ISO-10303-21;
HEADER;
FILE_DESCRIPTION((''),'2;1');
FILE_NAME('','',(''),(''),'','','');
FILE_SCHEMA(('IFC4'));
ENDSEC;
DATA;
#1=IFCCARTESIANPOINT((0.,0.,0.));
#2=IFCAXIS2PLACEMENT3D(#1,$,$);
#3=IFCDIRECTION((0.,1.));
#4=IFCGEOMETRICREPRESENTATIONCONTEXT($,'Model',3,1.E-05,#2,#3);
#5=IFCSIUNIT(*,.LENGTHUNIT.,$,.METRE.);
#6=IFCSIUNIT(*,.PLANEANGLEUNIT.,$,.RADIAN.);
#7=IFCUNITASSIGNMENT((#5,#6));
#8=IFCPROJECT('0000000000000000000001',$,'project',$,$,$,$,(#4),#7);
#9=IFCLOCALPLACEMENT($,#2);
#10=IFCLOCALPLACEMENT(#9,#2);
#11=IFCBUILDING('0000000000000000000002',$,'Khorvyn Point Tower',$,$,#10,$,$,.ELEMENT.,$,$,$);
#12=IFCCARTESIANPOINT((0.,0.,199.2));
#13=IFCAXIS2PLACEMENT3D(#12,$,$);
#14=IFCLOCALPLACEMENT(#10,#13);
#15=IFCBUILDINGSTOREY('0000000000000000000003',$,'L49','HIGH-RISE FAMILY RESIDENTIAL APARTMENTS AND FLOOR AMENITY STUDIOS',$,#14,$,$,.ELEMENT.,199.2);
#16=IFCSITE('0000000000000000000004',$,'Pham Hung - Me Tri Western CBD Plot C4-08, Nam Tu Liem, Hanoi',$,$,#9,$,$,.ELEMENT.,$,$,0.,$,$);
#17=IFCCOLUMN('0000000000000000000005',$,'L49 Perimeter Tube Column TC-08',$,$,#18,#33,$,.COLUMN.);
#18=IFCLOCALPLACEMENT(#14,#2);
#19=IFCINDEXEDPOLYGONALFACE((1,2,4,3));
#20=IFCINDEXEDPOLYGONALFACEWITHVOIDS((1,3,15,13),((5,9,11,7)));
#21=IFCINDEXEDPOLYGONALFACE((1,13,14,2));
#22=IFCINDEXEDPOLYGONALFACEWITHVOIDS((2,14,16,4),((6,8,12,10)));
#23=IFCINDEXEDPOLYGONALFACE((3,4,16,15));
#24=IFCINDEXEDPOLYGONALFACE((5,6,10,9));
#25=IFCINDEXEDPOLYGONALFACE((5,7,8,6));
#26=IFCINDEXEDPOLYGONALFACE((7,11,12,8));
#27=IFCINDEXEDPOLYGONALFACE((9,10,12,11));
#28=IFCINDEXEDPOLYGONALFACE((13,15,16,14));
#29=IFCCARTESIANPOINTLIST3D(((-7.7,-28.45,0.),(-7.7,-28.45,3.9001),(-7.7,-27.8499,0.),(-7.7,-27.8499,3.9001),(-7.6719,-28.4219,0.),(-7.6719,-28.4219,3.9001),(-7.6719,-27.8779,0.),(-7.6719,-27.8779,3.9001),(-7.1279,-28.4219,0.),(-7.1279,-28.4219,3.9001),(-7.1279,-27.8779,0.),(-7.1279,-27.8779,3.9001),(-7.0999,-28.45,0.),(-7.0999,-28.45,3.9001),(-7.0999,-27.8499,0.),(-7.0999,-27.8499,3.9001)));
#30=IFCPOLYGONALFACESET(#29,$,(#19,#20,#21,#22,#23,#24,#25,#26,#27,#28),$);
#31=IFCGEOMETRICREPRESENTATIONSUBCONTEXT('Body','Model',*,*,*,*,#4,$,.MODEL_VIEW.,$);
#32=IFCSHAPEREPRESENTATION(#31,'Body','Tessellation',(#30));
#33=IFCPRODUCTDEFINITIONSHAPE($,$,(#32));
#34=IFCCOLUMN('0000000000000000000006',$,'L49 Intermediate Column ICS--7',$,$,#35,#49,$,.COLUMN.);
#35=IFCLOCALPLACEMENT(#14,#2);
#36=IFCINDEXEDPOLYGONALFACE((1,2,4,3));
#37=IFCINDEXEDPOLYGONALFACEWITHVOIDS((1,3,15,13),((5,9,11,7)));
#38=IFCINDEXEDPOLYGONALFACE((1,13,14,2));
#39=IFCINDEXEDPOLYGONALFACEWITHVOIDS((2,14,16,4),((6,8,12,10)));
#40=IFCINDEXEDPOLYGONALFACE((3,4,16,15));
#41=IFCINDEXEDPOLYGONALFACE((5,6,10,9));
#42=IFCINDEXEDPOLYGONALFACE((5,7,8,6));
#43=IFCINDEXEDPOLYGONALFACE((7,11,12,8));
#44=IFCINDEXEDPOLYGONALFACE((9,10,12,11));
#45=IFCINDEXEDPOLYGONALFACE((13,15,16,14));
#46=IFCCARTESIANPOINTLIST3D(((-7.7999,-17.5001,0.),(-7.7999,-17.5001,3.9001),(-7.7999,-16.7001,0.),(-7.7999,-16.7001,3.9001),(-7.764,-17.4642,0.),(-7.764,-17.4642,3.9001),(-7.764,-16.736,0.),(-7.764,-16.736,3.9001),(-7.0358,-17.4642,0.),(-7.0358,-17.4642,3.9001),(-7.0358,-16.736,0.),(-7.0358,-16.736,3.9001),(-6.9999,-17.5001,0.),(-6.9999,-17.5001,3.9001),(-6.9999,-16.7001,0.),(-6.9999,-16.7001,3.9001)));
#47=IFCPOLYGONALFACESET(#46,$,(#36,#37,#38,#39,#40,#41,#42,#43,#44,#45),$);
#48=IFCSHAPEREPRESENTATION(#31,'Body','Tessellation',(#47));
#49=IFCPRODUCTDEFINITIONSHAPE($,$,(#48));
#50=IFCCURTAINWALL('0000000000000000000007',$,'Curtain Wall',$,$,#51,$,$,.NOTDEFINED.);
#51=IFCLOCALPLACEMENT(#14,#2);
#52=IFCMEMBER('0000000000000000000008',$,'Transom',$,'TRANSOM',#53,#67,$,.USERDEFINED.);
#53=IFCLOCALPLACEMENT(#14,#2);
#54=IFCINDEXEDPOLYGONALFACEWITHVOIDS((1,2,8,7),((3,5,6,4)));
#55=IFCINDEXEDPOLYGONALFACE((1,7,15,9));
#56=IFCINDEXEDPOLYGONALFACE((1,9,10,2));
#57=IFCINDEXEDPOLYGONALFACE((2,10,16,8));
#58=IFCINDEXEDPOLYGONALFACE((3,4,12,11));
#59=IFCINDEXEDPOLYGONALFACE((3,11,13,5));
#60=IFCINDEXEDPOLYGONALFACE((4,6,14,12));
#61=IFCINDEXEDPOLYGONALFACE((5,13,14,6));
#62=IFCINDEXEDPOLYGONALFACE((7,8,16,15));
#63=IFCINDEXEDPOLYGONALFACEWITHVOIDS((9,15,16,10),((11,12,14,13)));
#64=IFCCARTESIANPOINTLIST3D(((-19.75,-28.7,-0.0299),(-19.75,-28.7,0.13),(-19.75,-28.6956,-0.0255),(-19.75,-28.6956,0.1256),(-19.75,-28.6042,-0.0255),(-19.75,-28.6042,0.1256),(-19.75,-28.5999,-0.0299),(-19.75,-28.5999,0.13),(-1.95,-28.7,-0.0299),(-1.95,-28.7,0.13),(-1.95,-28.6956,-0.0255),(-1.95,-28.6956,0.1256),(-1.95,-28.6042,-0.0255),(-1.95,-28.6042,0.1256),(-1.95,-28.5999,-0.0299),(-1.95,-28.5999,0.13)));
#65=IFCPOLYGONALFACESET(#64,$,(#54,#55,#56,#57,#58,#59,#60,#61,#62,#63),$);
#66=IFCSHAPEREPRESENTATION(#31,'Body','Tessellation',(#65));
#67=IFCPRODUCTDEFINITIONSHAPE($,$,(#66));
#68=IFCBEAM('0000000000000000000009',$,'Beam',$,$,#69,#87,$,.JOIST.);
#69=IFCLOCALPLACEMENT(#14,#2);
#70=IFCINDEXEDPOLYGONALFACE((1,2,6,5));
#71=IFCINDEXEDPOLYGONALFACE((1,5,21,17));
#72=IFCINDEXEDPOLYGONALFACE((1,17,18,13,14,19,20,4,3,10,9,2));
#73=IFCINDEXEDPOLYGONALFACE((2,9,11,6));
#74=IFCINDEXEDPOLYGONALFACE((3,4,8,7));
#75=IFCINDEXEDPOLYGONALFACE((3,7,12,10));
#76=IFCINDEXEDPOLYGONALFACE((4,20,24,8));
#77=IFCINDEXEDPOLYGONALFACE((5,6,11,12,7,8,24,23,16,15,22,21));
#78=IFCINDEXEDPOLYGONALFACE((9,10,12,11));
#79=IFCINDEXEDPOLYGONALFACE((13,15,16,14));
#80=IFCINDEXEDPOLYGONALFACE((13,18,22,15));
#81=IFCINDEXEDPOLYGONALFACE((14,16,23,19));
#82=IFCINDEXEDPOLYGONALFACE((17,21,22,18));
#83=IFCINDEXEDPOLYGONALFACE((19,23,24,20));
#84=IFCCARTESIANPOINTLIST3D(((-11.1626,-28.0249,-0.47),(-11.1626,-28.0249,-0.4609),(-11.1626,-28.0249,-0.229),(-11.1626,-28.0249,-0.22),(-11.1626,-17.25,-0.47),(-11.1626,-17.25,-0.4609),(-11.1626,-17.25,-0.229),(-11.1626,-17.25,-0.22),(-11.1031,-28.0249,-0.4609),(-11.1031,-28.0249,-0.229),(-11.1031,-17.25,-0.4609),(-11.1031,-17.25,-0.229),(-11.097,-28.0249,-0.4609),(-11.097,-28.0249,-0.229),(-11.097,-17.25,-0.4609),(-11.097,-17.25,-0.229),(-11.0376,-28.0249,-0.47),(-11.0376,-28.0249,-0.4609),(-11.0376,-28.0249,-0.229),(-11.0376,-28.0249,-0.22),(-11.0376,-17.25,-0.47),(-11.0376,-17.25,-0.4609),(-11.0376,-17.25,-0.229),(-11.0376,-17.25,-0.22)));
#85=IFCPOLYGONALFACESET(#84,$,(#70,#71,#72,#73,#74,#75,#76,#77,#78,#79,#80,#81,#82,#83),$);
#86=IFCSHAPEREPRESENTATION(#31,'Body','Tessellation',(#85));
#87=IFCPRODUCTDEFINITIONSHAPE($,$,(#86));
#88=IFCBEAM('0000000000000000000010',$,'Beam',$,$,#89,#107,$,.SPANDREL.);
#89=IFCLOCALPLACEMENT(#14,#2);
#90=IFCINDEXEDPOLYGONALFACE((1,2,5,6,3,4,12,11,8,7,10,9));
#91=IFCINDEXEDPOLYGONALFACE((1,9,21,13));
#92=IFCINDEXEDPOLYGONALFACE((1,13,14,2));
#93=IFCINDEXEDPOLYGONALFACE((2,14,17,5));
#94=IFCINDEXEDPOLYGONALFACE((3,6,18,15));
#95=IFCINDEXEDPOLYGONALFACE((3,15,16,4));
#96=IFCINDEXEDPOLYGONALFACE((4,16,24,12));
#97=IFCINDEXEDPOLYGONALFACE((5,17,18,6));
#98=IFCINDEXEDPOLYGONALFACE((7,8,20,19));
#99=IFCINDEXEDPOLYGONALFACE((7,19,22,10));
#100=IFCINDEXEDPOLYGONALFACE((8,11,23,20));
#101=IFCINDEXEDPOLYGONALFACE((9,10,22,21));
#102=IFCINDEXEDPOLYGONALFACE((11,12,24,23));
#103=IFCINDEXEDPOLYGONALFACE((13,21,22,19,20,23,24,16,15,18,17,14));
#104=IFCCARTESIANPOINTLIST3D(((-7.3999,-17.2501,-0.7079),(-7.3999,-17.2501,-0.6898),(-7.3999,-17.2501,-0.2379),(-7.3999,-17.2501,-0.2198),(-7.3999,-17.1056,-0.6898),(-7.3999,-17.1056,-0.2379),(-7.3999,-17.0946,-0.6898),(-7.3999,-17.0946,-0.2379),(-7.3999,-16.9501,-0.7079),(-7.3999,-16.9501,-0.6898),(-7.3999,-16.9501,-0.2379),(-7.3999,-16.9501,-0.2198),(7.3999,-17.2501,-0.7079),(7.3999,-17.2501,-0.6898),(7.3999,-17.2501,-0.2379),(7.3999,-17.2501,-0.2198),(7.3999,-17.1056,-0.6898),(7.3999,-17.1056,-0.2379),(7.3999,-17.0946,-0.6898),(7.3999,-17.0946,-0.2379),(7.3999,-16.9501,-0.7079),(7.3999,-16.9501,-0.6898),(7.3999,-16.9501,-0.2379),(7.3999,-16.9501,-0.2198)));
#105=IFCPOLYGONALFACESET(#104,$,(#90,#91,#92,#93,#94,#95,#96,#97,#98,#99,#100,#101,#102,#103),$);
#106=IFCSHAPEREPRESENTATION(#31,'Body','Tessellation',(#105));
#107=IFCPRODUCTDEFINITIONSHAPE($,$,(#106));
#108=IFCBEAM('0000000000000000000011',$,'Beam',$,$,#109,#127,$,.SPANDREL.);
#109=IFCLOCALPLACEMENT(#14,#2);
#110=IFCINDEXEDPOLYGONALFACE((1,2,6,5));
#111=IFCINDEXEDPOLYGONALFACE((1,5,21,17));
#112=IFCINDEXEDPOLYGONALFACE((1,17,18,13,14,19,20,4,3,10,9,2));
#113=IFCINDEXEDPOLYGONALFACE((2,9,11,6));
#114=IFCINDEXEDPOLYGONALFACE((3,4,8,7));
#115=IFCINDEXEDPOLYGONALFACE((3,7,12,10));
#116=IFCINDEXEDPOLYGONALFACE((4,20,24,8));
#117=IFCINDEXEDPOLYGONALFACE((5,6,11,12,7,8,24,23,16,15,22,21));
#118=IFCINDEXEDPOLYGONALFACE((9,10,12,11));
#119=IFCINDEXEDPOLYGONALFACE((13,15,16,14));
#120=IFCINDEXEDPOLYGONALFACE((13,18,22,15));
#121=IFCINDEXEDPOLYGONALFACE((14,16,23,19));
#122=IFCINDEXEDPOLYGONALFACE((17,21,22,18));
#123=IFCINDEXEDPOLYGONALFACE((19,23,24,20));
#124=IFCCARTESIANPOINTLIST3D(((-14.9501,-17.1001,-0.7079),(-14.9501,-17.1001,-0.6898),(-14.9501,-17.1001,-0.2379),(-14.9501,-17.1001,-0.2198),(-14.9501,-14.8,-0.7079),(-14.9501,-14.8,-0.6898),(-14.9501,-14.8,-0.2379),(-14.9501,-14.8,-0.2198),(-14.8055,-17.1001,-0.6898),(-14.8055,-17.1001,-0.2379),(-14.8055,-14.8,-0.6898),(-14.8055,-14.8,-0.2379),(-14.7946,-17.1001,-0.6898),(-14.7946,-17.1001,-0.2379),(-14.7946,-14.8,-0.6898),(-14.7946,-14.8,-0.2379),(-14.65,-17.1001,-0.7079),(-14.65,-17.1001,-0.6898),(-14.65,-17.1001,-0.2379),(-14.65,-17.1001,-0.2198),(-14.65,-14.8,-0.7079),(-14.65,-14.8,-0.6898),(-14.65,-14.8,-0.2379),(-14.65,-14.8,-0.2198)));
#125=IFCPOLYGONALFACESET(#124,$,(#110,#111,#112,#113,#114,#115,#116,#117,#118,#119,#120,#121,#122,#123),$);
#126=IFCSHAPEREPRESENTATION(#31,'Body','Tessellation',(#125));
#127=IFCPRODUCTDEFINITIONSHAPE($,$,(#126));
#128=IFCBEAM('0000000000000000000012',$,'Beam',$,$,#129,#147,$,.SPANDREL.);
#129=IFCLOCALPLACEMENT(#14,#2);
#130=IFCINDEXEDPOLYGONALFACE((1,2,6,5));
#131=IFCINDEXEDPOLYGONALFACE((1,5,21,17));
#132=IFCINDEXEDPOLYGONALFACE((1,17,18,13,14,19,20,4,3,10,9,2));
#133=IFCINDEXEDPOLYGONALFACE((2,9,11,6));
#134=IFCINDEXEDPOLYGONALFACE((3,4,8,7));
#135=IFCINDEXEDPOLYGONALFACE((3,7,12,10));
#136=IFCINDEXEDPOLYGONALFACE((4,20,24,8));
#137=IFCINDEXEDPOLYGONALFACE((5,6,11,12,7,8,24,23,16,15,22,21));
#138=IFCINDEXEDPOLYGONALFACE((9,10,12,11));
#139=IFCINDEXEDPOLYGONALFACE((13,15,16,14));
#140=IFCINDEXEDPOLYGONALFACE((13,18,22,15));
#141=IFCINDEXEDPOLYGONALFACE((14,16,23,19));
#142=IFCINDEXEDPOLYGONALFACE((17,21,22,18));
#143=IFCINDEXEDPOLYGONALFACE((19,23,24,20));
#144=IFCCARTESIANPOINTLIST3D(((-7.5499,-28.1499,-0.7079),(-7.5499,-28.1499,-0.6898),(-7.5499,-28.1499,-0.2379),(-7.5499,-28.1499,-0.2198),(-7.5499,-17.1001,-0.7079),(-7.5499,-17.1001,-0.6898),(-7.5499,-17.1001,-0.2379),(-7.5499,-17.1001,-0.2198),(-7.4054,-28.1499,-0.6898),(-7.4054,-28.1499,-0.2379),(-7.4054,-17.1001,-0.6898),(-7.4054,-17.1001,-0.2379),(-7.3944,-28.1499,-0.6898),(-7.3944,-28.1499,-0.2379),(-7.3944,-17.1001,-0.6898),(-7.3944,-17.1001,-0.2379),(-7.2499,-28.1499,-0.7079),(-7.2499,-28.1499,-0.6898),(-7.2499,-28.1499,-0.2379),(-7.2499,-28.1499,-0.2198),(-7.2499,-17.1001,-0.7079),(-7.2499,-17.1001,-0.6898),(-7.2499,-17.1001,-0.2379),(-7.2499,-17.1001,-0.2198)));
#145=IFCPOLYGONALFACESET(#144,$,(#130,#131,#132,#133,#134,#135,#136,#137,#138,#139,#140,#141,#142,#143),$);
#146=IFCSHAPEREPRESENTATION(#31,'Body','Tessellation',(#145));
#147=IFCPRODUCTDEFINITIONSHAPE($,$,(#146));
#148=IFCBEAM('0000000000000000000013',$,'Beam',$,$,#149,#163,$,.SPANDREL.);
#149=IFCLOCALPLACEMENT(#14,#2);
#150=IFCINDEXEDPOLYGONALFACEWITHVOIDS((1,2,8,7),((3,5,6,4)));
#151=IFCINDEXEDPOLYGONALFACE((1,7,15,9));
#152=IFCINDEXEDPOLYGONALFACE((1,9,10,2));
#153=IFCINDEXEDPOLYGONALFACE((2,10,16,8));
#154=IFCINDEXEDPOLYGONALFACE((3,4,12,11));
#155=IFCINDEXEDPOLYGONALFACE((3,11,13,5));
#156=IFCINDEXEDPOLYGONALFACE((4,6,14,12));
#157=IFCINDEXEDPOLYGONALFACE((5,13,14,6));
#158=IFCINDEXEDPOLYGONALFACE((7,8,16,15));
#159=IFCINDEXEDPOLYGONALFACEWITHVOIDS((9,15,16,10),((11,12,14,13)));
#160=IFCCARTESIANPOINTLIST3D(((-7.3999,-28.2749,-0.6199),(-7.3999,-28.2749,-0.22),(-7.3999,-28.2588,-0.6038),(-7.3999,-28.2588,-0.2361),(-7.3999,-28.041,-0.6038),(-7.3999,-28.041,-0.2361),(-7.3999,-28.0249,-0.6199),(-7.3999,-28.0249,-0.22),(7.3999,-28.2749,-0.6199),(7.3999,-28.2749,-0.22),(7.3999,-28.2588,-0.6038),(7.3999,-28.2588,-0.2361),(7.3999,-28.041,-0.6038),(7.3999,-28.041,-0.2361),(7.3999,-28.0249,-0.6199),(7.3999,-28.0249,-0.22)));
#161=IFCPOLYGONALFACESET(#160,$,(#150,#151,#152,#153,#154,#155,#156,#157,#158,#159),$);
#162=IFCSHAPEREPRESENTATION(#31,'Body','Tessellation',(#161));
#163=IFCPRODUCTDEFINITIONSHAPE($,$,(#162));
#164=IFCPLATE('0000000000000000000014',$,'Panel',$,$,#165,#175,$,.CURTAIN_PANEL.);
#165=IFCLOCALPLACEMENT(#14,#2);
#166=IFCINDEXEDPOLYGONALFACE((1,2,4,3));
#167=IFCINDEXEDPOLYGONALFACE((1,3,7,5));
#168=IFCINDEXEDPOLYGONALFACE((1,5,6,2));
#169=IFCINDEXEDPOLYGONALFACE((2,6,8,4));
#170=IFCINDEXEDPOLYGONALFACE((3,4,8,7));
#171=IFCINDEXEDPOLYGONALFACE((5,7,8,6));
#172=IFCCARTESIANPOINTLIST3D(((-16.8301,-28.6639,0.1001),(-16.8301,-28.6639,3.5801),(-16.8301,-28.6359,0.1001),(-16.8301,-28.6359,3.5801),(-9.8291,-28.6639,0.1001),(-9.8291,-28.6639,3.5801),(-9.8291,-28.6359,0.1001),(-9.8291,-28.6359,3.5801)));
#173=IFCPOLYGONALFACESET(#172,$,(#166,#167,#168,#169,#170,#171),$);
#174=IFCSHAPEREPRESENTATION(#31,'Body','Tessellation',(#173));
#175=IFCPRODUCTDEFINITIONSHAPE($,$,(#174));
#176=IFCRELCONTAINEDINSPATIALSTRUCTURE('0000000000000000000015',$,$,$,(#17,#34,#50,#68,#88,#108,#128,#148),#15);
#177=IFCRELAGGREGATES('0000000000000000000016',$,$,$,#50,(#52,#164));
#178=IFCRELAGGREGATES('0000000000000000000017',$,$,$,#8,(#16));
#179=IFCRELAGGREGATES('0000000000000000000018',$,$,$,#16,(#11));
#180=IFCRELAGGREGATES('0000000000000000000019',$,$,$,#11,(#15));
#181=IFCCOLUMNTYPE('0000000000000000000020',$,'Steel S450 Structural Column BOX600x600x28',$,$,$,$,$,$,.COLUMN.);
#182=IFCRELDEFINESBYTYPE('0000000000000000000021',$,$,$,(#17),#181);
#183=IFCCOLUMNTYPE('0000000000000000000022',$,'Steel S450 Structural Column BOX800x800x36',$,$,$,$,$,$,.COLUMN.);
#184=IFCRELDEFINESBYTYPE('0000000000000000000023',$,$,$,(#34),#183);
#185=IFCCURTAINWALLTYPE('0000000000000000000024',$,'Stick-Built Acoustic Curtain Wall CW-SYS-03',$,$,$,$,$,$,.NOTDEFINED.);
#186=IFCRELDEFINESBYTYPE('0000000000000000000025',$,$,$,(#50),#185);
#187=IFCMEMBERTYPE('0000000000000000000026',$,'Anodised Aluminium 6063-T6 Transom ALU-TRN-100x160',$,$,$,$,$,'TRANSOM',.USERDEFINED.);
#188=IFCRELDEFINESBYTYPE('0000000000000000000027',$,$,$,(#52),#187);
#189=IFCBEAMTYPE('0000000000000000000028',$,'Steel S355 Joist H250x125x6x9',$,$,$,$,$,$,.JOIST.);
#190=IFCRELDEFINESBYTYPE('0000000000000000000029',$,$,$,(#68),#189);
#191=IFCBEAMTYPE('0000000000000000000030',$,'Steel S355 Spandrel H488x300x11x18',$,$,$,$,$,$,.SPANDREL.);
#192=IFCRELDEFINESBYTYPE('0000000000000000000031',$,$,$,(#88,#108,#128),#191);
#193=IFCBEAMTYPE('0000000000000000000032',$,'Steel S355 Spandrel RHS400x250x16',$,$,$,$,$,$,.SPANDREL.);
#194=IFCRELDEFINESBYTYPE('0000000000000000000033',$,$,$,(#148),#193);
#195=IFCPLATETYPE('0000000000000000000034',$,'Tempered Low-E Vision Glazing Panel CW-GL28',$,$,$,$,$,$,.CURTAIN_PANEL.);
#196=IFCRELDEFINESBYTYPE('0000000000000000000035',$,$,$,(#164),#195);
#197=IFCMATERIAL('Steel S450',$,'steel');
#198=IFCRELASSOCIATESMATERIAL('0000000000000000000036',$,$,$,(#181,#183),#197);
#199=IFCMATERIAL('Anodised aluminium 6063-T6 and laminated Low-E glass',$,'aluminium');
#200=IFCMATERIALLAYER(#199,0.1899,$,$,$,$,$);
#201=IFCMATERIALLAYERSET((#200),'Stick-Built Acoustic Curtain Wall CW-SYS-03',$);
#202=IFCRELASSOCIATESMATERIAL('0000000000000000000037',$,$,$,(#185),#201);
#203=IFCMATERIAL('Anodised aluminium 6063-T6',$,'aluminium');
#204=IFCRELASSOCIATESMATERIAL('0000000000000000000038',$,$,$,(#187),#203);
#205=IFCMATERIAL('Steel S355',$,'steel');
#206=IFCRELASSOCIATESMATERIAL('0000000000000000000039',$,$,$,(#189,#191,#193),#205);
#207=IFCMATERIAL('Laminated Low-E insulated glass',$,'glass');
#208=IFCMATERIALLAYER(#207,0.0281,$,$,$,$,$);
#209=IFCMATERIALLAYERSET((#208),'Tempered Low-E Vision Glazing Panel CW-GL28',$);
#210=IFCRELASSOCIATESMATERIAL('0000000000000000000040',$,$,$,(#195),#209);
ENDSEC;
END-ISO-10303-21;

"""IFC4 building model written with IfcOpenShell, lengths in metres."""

from ifc_helpers import new_model, si_unit, direction, frame, origin, origin_2d, place, context, subcontext, project, spatial, rectangle, hollow_rectangle, i_section, extrude, material, layer, layer_set, material_profile, profile_set, type_object, element, aggregate, save


model = new_model("IFC4")

# Units and contexts
model_context = context("Model", 3, precision=1e-05, world=origin(), true_north=direction((0.0, 1.0)))
body_context = subcontext(model_context, "Body", "Model", "MODEL_VIEW")
ifc_project = project(units=[si_unit("LENGTHUNIT", "METRE"), si_unit("PLANEANGLEUNIT", "RADIAN")], contexts=[model_context])

# Site, building, storey
site_placement = place(None, origin())
site = spatial("IfcSite", under=ifc_project, at=site_placement, Name="Pham Hung - Me Tri Western CBD Plot C4-08, Nam Tu Liem, Hanoi", CompositionType="ELEMENT", RefElevation=0.0)
building_placement = place(site_placement, origin())
building = spatial("IfcBuilding", under=site, at=building_placement, Name="Khorvyn Point Tower", CompositionType="ELEMENT")
storey_placement = place(building_placement, frame((0.0, 0.0, 199.2)))
storey = spatial("IfcBuildingStorey", under=building, at=storey_placement, Name="L49", Description="HIGH-RISE FAMILY RESIDENTIAL APARTMENTS AND FLOOR AMENITY STUDIOS", CompositionType="ELEMENT", Elevation=199.2)

# Columns
ifc_material_1 = material(Name="Steel S450", Category="steel")
ifc_material_profile_1 = material_profile(ifc_material_1, hollow_rectangle(XDim=0.6001, YDim=0.6001, WallThickness=0.0281, at=origin_2d()))
ifc_profile_set_1 = profile_set([ifc_material_profile_1], Name="Steel S450 BOX600x600x28")
column_type_1 = type_object("IfcColumnType", Name="Steel S450 Structural Column BOX600x600x28", PredefinedType="COLUMN", material=ifc_profile_set_1)
column_1_placement = place(storey_placement, frame((-7.3999, -28.1499, 0.0), z_axis=(0.0, 0.0, 1.0), x_axis=(1.0, 0.0, 0.0)))
element("IfcColumn", 1, at=column_1_placement, inside=storey, type_object=column_type_1, Name="L49 Perimeter Tube Column TC-08", PredefinedType="COLUMN", context=body_context, shape_type="SweptSolid", body=[
    extrude(hollow_rectangle(XDim=0.6001, YDim=0.6001, WallThickness=0.0281, at=origin_2d()), origin(), (0.0, 0.0, 1.0), 3.9001),
])
ifc_material_profile_2 = material_profile(ifc_material_1, hollow_rectangle(XDim=0.8, YDim=0.8, WallThickness=0.0359, at=origin_2d()))
ifc_profile_set_2 = profile_set([ifc_material_profile_2], Name="Steel S450 BOX800x800x36")
column_type_2 = type_object("IfcColumnType", Name="Steel S450 Structural Column BOX800x800x36", PredefinedType="COLUMN", material=ifc_profile_set_2)
column_2_placement = place(storey_placement, frame((-7.3999, -17.1001, 0.0), z_axis=(0.0, 0.0, 1.0), x_axis=(1.0, 0.0, 0.0)))
element("IfcColumn", 2, at=column_2_placement, inside=storey, type_object=column_type_2, Name="L49 Intermediate Column ICS--7", PredefinedType="COLUMN", context=body_context, shape_type="SweptSolid", body=[
    extrude(hollow_rectangle(XDim=0.8, YDim=0.8, WallThickness=0.0359, at=origin_2d()), origin(), (0.0, 0.0, 1.0), 3.9001),
])

# Curtain wall, member
ifc_material_2 = material(Name="Anodised aluminium 6063-T6 and laminated Low-E glass", Category="aluminium")
ifc_layer_1 = layer(ifc_material_2, 0.1899)
ifc_layer_set_1 = layer_set([ifc_layer_1], Name="Stick-Built Acoustic Curtain Wall CW-SYS-03")
curtain_wall_type = type_object("IfcCurtainWallType", Name="Stick-Built Acoustic Curtain Wall CW-SYS-03", PredefinedType="NOTDEFINED", material=ifc_layer_set_1)
curtain_wall_placement = place(storey_placement, origin())
curtain_wall = element("IfcCurtainWall", 3, at=curtain_wall_placement, inside=storey, type_object=curtain_wall_type, Name="Curtain Wall", PredefinedType="NOTDEFINED")
ifc_material_3 = material(Name="Anodised aluminium 6063-T6", Category="aluminium")
ifc_material_profile_3 = material_profile(ifc_material_3, hollow_rectangle(XDim=0.1001, YDim=0.1599, WallThickness=0.0044, at=origin_2d()))
ifc_profile_set_3 = profile_set([ifc_material_profile_3], Name="Anodised aluminium 6063-T6 ALU-TRN-100x160")
member_type = type_object("IfcMemberType", Name="Anodised Aluminium 6063-T6 Transom ALU-TRN-100x160", ElementType="TRANSOM", PredefinedType="USERDEFINED", material=ifc_profile_set_3)
member_placement = place(storey_placement, frame((-1.95, -28.6499, 0.05), z_axis=(-1.0, 0.0, 0.0), x_axis=(0.0, -1.0, 0.0)))
member = element("IfcMember", 4, at=member_placement, type_object=member_type, Name="Transom", ObjectType="TRANSOM", PredefinedType="USERDEFINED", context=body_context, shape_type="SweptSolid", body=[
    extrude(hollow_rectangle(XDim=0.1001, YDim=0.1599, WallThickness=0.0044, at=origin_2d()), origin(), (0.0, 0.0, 1.0), 17.8),
])

# Beams
ifc_material_4 = material(Name="Steel S355", Category="steel")
ifc_material_profile_4 = material_profile(ifc_material_4, i_section(OverallWidth=0.125, OverallDepth=0.25, WebThickness=0.0061, FlangeThickness=0.009, at=origin_2d()))
ifc_profile_set_4 = profile_set([ifc_material_profile_4], Name="Steel S355 H250x125x6x9")
beam_type_1 = type_object("IfcBeamType", Name="Steel S355 Joist H250x125x6x9", PredefinedType="JOIST", material=ifc_profile_set_4)
beam_1_placement = place(storey_placement, frame((-11.1001, -28.0249, -0.345), z_axis=(0.0, 1.0, 0.0), x_axis=(-1.0, 0.0, 0.0)))
element("IfcBeam", 5, at=beam_1_placement, inside=storey, type_object=beam_type_1, Name="Beam", PredefinedType="JOIST", context=body_context, shape_type="SweptSolid", body=[
    extrude(i_section(OverallWidth=0.125, OverallDepth=0.25, WebThickness=0.0061, FlangeThickness=0.009, at=origin_2d()), origin(), (0.0, 0.0, 1.0), 10.7749),
])
ifc_material_profile_5 = material_profile(ifc_material_4, i_section(OverallWidth=0.3, OverallDepth=0.488, WebThickness=0.011, FlangeThickness=0.0181, at=origin_2d()))
ifc_profile_set_5 = profile_set([ifc_material_profile_5], Name="Steel S355 H488x300x11x18")
beam_type_2 = type_object("IfcBeamType", Name="Steel S355 Spandrel H488x300x11x18", PredefinedType="SPANDREL", material=ifc_profile_set_5)
beam_2_placement = place(storey_placement, frame((-7.3999, -17.1001, -0.4639), z_axis=(1.0, 0.0, 0.0), x_axis=(0.0, 1.0, 0.0)))
element("IfcBeam", 6, at=beam_2_placement, inside=storey, type_object=beam_type_2, Name="Beam", PredefinedType="SPANDREL", context=body_context, shape_type="SweptSolid", body=[
    extrude(i_section(OverallWidth=0.3, OverallDepth=0.488, WebThickness=0.011, FlangeThickness=0.0181, at=origin_2d()), origin(), (0.0, 0.0, 1.0), 14.7998),
])
beam_3_placement = place(storey_placement, frame((-14.8, -17.1001, -0.4639), z_axis=(0.0, 1.0, 0.0), x_axis=(-1.0, 0.0, 0.0)))
element("IfcBeam", 7, at=beam_3_placement, inside=storey, type_object=beam_type_2, Name="Beam", PredefinedType="SPANDREL", context=body_context, shape_type="SweptSolid", body=[
    extrude(i_section(OverallWidth=0.3, OverallDepth=0.488, WebThickness=0.011, FlangeThickness=0.0181, at=origin_2d()), origin(), (0.0, 0.0, 1.0), 2.3),
])
beam_4_placement = place(storey_placement, frame((-7.3999, -28.1499, -0.4639), z_axis=(0.0, 1.0, 0.0), x_axis=(-1.0, 0.0, 0.0)))
element("IfcBeam", 8, at=beam_4_placement, inside=storey, type_object=beam_type_2, Name="Beam", PredefinedType="SPANDREL", context=body_context, shape_type="SweptSolid", body=[
    extrude(i_section(OverallWidth=0.3, OverallDepth=0.488, WebThickness=0.011, FlangeThickness=0.0181, at=origin_2d()), origin(), (0.0, 0.0, 1.0), 11.0498),
])
ifc_material_profile_6 = material_profile(ifc_material_4, hollow_rectangle(XDim=0.25, YDim=0.3999, WallThickness=0.0161, at=origin_2d()))
ifc_profile_set_6 = profile_set([ifc_material_profile_6], Name="Steel S355 RHS400x250x16")
beam_type_3 = type_object("IfcBeamType", Name="Steel S355 Spandrel RHS400x250x16", PredefinedType="SPANDREL", material=ifc_profile_set_6)
beam_5_placement = place(storey_placement, frame((-7.3999, -28.1499, -0.4199), z_axis=(1.0, 0.0, 0.0), x_axis=(0.0, 1.0, 0.0)))
element("IfcBeam", 9, at=beam_5_placement, inside=storey, type_object=beam_type_3, Name="Beam", PredefinedType="SPANDREL", context=body_context, shape_type="SweptSolid", body=[
    extrude(hollow_rectangle(XDim=0.25, YDim=0.3999, WallThickness=0.0161, at=origin_2d()), origin(), (0.0, 0.0, 1.0), 14.7998),
])

# Plate
ifc_material_5 = material(Name="Laminated Low-E insulated glass", Category="glass")
ifc_layer_2 = layer(ifc_material_5, 0.0281)
ifc_layer_set_2 = layer_set([ifc_layer_2], Name="Tempered Low-E Vision Glazing Panel CW-GL28")
plate_type = type_object("IfcPlateType", Name="Tempered Low-E Vision Glazing Panel CW-GL28", PredefinedType="CURTAIN_PANEL", material=ifc_layer_set_2)
plate_1_placement = place(storey_placement, frame((-13.3296, -28.6499, 0.1001), z_axis=(0.0, 0.0, 1.0), x_axis=(-1.0, 0.0, 0.0)))
plate_1 = element("IfcPlate", 10, at=plate_1_placement, type_object=plate_type, Name="Panel", PredefinedType="CURTAIN_PANEL", context=body_context, shape_type="SweptSolid", body=[
    extrude(rectangle(XDim=7.001, YDim=0.0281, at=origin_2d()), origin(), (0.0, 0.0, 1.0), 3.48),
])
aggregate(curtain_wall, [member, plate_1])

save(model, "model.ifc")
